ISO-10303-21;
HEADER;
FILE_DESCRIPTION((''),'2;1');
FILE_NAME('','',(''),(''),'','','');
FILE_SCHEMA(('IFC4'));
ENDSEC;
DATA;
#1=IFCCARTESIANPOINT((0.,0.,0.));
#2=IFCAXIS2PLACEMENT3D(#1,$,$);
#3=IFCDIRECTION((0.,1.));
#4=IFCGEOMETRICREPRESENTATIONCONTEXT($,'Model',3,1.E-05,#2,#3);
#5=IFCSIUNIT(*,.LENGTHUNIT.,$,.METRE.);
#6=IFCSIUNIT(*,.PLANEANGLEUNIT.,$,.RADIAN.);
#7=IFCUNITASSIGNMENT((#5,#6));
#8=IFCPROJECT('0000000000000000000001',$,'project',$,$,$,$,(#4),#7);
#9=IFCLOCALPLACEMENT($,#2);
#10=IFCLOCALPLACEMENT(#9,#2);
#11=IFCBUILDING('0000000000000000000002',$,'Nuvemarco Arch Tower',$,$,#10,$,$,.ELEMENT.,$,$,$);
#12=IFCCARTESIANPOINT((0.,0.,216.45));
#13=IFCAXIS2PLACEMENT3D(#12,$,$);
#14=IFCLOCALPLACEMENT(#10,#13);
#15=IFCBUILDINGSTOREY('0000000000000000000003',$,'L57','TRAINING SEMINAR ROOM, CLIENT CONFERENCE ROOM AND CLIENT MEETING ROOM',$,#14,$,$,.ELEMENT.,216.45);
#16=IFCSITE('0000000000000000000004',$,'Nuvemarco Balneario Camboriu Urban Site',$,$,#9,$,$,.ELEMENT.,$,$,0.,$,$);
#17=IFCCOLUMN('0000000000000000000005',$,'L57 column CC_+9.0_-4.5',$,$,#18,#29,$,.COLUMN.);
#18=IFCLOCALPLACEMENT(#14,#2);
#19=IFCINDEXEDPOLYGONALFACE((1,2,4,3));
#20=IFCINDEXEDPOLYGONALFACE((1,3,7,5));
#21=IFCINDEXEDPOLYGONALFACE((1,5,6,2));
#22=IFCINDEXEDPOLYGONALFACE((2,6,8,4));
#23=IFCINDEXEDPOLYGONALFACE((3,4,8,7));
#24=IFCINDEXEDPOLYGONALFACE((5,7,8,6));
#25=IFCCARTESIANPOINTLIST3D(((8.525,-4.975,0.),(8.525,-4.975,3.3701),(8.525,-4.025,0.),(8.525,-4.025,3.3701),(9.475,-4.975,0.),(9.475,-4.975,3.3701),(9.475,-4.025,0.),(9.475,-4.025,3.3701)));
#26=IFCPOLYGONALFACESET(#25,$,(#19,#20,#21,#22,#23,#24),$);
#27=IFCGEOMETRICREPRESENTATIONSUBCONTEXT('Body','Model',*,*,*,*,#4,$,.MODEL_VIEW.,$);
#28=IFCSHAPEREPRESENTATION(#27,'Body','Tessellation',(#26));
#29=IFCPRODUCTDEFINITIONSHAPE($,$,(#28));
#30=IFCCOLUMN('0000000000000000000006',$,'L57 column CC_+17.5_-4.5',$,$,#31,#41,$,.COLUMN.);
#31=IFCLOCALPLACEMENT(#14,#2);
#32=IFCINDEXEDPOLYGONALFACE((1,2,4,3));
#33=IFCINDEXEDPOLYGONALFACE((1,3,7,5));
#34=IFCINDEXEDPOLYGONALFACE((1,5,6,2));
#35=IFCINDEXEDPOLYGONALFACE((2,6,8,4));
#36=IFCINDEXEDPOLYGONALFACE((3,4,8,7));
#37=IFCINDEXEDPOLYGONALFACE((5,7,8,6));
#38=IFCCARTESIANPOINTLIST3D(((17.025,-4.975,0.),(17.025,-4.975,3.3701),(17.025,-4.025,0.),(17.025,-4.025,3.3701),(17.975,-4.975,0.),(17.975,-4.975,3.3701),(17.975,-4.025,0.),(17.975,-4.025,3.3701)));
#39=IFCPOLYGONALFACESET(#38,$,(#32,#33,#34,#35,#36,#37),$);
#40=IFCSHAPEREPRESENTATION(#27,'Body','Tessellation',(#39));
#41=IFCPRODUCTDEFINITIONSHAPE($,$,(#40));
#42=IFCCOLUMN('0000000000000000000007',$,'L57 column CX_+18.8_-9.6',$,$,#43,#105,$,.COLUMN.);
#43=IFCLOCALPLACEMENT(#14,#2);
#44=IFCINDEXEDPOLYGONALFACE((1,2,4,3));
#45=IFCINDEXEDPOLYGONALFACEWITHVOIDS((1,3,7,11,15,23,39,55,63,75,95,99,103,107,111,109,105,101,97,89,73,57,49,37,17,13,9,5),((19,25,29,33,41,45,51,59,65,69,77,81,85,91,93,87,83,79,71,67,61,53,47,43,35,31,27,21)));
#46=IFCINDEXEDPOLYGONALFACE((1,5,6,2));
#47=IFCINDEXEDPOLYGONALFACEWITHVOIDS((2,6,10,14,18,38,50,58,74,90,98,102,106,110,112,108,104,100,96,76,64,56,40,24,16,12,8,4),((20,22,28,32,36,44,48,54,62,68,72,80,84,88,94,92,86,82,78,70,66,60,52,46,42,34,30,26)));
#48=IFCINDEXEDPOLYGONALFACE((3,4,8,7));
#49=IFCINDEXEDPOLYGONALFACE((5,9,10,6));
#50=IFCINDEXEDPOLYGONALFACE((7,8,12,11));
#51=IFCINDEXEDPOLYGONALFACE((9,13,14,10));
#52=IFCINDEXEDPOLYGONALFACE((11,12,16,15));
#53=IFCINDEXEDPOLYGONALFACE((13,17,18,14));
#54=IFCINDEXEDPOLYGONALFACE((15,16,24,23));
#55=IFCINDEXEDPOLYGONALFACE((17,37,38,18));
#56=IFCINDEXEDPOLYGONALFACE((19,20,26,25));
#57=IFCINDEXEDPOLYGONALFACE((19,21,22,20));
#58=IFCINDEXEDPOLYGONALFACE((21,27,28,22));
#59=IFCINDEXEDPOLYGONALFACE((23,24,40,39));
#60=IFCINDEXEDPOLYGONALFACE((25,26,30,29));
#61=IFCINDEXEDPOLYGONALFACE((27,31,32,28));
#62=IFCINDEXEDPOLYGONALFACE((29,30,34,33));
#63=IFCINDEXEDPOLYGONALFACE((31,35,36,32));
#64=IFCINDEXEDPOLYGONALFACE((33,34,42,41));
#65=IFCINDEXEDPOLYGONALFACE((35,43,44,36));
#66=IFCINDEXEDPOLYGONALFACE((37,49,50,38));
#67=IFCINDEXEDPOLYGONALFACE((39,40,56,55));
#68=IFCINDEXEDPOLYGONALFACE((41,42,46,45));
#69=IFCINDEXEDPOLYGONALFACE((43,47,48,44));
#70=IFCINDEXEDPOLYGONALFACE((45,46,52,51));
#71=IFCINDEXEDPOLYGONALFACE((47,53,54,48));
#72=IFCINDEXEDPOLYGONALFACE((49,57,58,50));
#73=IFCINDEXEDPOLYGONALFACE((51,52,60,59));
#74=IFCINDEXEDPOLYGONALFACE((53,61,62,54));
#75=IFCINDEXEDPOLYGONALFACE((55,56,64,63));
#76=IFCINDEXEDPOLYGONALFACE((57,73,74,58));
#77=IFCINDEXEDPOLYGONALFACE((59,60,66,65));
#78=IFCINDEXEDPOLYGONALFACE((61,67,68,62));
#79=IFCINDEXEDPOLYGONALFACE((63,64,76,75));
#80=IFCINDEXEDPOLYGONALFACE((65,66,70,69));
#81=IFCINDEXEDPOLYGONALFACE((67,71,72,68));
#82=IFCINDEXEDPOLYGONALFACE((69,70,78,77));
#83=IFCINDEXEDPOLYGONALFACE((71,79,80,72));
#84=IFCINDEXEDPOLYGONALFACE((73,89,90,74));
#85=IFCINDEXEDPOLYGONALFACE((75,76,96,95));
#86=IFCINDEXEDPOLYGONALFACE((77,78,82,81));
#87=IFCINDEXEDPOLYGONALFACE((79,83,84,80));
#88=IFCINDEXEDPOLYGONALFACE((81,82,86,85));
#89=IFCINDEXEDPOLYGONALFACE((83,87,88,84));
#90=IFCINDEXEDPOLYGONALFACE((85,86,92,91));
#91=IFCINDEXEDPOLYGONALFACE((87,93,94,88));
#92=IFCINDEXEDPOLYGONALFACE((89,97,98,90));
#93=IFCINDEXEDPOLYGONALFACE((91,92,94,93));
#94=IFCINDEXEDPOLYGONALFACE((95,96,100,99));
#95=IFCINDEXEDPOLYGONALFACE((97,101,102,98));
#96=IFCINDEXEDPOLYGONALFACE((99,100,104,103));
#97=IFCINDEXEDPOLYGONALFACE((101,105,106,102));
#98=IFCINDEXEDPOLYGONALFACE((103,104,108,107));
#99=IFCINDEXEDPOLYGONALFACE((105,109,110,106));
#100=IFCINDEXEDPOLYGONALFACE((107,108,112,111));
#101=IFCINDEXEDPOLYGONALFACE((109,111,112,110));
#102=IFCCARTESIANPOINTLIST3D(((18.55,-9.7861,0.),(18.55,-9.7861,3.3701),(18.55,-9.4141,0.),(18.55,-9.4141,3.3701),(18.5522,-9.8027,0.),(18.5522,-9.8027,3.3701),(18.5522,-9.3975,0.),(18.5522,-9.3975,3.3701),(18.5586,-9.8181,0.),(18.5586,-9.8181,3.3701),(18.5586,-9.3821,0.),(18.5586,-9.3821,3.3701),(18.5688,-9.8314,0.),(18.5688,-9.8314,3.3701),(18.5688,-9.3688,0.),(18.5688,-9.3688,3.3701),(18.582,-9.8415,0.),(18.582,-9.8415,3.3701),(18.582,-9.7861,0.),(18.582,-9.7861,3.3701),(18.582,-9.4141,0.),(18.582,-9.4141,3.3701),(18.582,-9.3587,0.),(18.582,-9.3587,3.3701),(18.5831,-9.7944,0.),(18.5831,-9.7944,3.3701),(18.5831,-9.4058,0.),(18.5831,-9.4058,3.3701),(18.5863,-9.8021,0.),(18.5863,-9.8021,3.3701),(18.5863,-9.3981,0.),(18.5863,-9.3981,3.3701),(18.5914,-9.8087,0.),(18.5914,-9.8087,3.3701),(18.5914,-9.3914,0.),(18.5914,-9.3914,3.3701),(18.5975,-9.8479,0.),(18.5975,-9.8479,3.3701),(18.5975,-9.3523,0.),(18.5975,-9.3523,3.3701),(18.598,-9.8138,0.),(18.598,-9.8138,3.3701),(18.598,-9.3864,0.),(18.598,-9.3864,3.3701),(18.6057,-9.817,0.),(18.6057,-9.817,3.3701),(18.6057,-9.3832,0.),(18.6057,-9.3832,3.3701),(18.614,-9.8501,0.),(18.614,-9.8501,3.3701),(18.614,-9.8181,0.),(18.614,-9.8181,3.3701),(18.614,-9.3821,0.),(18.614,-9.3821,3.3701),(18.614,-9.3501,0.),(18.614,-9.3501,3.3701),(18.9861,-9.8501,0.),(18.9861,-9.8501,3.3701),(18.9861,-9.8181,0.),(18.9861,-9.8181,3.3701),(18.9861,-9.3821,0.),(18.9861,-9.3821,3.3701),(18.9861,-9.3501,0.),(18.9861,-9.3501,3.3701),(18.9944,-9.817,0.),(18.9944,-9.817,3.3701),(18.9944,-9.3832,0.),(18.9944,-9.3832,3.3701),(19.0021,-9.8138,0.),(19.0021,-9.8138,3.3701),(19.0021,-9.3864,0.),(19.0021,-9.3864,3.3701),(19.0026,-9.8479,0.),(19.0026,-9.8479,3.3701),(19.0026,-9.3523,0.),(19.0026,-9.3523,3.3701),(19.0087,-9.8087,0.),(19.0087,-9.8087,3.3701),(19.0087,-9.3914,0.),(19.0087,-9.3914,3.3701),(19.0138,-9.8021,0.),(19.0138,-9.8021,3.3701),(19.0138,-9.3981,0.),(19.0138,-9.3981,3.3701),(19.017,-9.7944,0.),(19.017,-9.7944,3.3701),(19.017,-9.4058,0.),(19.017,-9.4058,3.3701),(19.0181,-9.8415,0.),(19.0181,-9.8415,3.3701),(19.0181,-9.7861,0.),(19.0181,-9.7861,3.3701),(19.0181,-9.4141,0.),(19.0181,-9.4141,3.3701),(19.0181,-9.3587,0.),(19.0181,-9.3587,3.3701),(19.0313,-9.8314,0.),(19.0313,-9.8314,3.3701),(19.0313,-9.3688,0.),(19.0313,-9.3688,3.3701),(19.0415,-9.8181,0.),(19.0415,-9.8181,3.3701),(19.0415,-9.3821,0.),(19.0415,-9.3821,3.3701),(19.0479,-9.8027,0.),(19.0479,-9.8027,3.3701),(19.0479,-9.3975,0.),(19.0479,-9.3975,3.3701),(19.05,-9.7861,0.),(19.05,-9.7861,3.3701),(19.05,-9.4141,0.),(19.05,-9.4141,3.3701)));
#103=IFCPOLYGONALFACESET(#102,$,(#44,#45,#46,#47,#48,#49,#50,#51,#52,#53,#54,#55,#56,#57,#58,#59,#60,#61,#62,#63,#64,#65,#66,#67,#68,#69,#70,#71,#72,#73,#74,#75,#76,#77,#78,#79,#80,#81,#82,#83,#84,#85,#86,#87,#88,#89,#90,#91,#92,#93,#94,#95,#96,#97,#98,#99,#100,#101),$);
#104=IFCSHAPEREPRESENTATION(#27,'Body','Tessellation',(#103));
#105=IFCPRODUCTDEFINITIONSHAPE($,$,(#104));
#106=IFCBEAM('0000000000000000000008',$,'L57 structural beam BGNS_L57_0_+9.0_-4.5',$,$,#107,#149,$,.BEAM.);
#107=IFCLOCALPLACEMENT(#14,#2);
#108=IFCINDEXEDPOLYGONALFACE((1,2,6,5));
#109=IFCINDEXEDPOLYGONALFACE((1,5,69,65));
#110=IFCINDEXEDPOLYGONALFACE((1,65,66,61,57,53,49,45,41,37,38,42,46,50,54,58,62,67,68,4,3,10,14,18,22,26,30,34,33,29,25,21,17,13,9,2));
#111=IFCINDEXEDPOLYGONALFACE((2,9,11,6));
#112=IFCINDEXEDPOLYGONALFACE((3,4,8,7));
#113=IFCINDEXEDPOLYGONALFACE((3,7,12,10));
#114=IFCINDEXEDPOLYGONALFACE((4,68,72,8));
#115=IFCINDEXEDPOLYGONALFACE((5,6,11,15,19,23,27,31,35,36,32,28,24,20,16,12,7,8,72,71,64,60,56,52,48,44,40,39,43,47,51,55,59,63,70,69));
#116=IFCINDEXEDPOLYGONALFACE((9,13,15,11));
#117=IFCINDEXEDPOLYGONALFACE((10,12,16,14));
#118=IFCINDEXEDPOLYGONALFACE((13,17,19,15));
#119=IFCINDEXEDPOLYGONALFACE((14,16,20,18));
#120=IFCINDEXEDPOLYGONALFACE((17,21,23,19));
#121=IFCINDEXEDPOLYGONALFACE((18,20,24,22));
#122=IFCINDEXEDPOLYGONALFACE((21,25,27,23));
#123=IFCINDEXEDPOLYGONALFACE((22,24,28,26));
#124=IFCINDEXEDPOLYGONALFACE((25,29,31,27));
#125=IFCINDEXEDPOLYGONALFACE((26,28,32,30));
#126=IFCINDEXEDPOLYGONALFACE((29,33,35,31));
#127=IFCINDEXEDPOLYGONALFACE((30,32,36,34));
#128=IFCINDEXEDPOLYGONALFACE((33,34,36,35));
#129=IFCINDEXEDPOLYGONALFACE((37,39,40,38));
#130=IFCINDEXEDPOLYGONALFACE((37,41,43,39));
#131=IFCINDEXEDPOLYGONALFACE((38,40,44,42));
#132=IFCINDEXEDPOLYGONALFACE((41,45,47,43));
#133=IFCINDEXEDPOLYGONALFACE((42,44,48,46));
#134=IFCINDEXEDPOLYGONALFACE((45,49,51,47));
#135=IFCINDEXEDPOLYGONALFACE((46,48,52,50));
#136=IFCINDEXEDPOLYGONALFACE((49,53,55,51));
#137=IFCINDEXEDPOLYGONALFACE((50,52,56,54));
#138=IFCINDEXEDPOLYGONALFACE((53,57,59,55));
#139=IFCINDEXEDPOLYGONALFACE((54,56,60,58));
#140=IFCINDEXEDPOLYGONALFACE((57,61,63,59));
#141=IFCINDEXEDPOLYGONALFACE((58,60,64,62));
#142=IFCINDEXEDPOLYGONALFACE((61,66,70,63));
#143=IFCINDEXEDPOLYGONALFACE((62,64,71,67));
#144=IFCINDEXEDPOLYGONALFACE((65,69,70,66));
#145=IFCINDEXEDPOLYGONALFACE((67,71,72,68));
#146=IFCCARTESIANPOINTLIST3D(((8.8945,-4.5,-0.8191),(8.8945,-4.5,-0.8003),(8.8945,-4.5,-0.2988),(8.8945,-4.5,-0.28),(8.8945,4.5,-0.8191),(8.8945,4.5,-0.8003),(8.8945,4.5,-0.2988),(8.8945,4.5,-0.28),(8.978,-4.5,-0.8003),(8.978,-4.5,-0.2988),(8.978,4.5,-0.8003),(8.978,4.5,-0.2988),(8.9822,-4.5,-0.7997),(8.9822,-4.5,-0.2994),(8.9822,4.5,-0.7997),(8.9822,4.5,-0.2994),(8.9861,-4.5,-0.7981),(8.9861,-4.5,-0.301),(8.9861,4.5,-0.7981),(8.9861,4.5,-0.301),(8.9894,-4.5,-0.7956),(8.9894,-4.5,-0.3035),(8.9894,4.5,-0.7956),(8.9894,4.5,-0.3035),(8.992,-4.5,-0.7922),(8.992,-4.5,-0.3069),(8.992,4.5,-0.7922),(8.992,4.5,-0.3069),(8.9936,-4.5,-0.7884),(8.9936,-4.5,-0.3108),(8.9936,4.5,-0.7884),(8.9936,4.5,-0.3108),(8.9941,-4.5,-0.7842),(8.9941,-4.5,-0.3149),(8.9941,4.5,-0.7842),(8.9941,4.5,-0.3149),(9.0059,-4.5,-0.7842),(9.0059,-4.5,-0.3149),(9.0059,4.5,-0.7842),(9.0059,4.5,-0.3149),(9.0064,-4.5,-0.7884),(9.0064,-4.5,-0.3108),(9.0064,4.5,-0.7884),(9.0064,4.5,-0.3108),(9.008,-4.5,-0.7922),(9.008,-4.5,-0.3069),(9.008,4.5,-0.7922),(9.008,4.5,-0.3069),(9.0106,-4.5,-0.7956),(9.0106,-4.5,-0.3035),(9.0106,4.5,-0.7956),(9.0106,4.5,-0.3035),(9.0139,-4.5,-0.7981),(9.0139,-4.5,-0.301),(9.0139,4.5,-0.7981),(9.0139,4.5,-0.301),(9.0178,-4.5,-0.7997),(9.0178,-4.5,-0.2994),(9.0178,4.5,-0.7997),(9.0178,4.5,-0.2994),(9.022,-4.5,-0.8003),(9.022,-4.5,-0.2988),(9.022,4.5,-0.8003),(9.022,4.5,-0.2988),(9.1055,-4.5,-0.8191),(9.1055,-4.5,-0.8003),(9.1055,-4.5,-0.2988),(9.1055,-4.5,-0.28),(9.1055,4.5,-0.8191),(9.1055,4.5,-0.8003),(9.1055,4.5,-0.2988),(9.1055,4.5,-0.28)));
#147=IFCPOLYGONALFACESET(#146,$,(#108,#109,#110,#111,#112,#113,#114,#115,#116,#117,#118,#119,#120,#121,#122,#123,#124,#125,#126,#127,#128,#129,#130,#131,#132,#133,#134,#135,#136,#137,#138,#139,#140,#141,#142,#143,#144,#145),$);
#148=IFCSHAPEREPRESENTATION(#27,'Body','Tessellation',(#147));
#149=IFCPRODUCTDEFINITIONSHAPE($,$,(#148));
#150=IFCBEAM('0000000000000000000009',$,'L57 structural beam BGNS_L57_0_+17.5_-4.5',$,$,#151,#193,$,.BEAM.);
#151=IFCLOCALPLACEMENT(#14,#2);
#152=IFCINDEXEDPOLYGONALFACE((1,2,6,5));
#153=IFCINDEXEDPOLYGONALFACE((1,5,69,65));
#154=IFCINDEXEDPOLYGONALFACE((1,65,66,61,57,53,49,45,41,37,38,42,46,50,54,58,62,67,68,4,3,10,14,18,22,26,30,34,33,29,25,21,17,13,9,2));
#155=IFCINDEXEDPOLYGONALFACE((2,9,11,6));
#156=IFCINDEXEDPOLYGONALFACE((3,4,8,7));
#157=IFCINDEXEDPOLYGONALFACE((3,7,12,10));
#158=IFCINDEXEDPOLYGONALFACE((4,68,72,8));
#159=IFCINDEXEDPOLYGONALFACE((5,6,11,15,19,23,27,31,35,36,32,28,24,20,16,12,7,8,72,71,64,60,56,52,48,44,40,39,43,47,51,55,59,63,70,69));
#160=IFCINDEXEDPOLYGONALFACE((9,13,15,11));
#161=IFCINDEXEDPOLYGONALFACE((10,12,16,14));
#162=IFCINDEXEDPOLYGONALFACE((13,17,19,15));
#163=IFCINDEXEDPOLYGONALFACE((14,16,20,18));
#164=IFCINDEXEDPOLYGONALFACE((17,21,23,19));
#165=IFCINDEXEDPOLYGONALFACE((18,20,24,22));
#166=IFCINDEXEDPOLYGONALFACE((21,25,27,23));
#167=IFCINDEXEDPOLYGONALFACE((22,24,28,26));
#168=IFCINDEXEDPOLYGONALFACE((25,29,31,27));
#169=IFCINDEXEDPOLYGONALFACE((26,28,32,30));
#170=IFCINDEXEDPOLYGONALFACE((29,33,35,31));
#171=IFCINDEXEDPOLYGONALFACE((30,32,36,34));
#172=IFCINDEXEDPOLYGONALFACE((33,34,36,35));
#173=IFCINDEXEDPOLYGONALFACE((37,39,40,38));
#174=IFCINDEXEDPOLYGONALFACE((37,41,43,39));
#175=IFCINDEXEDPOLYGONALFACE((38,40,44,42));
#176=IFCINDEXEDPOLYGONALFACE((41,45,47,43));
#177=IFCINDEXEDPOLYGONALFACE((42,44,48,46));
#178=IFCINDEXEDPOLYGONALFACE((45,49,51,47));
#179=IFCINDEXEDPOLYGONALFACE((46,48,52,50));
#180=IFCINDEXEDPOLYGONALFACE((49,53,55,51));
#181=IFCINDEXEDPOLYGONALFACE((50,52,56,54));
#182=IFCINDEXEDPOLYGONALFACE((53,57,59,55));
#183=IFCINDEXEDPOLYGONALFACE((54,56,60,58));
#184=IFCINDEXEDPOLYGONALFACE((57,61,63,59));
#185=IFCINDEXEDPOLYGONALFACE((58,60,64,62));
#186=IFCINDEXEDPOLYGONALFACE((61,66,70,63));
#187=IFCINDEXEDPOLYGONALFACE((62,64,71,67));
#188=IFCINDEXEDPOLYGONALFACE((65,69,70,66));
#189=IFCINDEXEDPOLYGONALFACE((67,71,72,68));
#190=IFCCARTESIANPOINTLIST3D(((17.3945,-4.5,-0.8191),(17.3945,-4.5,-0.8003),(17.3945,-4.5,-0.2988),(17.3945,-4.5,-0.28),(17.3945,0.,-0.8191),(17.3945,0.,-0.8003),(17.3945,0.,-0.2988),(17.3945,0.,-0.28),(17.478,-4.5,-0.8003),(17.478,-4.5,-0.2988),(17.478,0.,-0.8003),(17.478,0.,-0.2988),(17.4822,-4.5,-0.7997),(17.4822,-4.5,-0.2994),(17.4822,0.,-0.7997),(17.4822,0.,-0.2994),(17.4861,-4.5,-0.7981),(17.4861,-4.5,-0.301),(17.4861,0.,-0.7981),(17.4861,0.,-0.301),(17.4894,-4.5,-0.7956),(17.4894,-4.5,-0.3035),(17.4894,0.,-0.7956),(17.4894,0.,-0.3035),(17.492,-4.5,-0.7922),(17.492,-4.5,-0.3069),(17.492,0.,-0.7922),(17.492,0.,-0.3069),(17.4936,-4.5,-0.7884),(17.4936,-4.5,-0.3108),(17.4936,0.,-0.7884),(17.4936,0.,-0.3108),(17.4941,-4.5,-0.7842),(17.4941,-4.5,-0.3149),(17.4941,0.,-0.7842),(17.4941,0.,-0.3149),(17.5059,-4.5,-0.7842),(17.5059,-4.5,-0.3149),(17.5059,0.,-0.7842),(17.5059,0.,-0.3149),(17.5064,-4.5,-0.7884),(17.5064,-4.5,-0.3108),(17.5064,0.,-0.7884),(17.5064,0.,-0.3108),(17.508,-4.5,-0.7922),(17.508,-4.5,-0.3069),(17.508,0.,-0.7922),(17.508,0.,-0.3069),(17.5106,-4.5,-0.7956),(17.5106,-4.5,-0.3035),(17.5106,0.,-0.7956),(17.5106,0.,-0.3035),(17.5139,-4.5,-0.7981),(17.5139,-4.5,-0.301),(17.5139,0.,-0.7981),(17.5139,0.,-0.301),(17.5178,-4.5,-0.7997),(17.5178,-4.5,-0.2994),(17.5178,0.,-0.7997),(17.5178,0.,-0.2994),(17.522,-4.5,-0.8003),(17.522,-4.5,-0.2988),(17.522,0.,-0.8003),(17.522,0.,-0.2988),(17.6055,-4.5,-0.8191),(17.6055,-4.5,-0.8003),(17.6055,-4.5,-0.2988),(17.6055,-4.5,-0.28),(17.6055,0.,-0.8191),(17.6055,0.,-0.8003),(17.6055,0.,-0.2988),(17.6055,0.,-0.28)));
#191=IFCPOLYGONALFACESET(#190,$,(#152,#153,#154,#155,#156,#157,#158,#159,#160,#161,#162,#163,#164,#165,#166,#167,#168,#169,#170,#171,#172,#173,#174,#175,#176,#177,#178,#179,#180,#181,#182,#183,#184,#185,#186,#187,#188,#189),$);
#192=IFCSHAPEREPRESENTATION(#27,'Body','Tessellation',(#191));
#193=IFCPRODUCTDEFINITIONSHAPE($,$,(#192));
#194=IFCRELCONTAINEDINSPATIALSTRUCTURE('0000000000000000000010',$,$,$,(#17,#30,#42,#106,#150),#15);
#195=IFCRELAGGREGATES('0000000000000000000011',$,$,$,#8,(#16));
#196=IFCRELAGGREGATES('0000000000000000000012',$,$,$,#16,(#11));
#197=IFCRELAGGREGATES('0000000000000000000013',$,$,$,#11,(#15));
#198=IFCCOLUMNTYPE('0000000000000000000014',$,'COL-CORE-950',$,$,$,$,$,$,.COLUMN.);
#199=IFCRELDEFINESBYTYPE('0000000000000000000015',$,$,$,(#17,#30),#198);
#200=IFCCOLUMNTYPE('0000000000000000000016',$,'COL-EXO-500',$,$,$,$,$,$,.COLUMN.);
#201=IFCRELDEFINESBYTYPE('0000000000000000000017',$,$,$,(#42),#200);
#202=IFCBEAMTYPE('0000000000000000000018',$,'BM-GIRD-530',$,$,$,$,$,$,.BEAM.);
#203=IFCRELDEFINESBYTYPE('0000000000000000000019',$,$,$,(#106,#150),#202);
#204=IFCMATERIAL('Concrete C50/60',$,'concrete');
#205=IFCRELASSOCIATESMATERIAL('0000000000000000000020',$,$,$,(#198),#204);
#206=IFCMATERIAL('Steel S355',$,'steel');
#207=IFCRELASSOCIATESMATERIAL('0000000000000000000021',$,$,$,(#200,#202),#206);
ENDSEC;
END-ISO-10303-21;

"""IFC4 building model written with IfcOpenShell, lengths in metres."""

from ifc_helpers import new_model, si_unit, direction, frame, origin, origin_2d, place, context, subcontext, project, spatial, rectangle, hollow_rectangle, i_section, extrude, material, material_profile, profile_set, type_object, element, save


model = new_model("IFC4")

# Units and contexts
model_context = context("Model", 3, precision=1e-05, world=origin(), true_north=direction((0.0, 1.0)))
body_context = subcontext(model_context, "Body", "Model", "MODEL_VIEW")
ifc_project = project(units=[si_unit("LENGTHUNIT", "METRE"), si_unit("PLANEANGLEUNIT", "RADIAN")], contexts=[model_context])

# Site, building, storey
site_placement = place(None, origin())
site = spatial("IfcSite", under=ifc_project, at=site_placement, Name="Nuvemarco Balneario Camboriu Urban Site", CompositionType="ELEMENT", RefElevation=0.0)
building_placement = place(site_placement, origin())
building = spatial("IfcBuilding", under=site, at=building_placement, Name="Nuvemarco Arch Tower", CompositionType="ELEMENT")
storey_placement = place(building_placement, frame((0.0, 0.0, 216.45)))
storey = spatial("IfcBuildingStorey", under=building, at=storey_placement, Name="L57", Description="TRAINING SEMINAR ROOM, CLIENT CONFERENCE ROOM AND CLIENT MEETING ROOM", CompositionType="ELEMENT", Elevation=216.45)

# Columns
ifc_material_1 = material(Name="Concrete C50/60", Category="concrete")
ifc_material_profile_1 = material_profile(ifc_material_1, rectangle(XDim=0.95, YDim=0.95, at=origin_2d()), Name="RC-COL-950x950")
ifc_profile_set_1 = profile_set([ifc_material_profile_1], Name="Concrete C50/60")
column_type_1 = type_object("IfcColumnType", Name="COL-CORE-950", PredefinedType="COLUMN", material=ifc_profile_set_1)
for number, where, z_axis, x_axis, name in (
    (1, (9.0, -4.5, 0.0), (0.0, 0.0, 1.0), (1.0, 0.0, 0.0), "L57 column CC_+9.0_-4.5"),
    (2, (17.5, -4.5, 0.0), (0.0, 0.0, 1.0), (1.0, 0.0, 0.0), "L57 column CC_+17.5_-4.5"),
):
    element("IfcColumn", number, at=place(storey_placement, frame(where, z_axis=z_axis, x_axis=x_axis)), inside=storey, type_object=column_type_1, Name=name, PredefinedType="COLUMN", context=body_context, shape_type="SweptSolid", body=[
        extrude(rectangle(XDim=0.95, YDim=0.95, at=origin_2d()), origin(), (0.0, 0.0, 1.0), 3.3701),
    ])
ifc_material_2 = material(Name="Steel S355", Category="steel")
ifc_material_profile_2 = material_profile(ifc_material_2, hollow_rectangle(XDim=0.5, YDim=0.5, WallThickness=0.032, InnerFilletRadius=0.032, OuterFilletRadius=0.064, at=origin_2d()), Name="SHS500x500x32")
ifc_profile_set_2 = profile_set([ifc_material_profile_2], Name="Steel S355")
column_type_2 = type_object("IfcColumnType", Name="COL-EXO-500", PredefinedType="COLUMN", material=ifc_profile_set_2)
column_placement = place(storey_placement, frame((18.8, -9.6001, 0.0), z_axis=(0.0, 0.0, 1.0), x_axis=(1.0, 0.0, 0.0)))
element("IfcColumn", 3, at=column_placement, inside=storey, type_object=column_type_2, Name="L57 column CX_+18.8_-9.6", PredefinedType="COLUMN", context=body_context, shape_type="SweptSolid", body=[
    extrude(hollow_rectangle(XDim=0.5, YDim=0.5, WallThickness=0.032, InnerFilletRadius=0.032, OuterFilletRadius=0.064, at=origin_2d()), origin(), (0.0, 0.0, 1.0), 3.3701),
])

# Beams
ifc_material_profile_3 = material_profile(ifc_material_2, i_section(OverallWidth=0.2109, OverallDepth=0.5391, WebThickness=0.0117, FlangeThickness=0.0188, FilletRadius=0.0161, at=origin_2d()), Name="W530x109")
ifc_profile_set_3 = profile_set([ifc_material_profile_3], Name="Steel S355")
beam_type_1 = type_object("IfcBeamType", Name="BM-GIRD-530", PredefinedType="BEAM", material=ifc_profile_set_3)
beam_1_placement = place(storey_placement, frame((9.0, -4.5, -0.5496), z_axis=(0.0, 1.0, 0.0), x_axis=(-1.0, 0.0, 0.0)))
element("IfcBeam", 4, at=beam_1_placement, inside=storey, type_object=beam_type_1, Name="L57 structural beam BGNS_L57_0_+9.0_-4.5", PredefinedType="BEAM", context=body_context, shape_type="SweptSolid", body=[
    extrude(i_section(OverallWidth=0.2109, OverallDepth=0.5391, WebThickness=0.0117, FlangeThickness=0.0188, FilletRadius=0.0161, at=origin_2d()), origin(), (0.0, 0.0, 1.0), 9.0),
])
beam_2_placement = place(storey_placement, frame((17.5, -4.5, -0.5496), z_axis=(0.0, 1.0, 0.0), x_axis=(-1.0, 0.0, 0.0)))
element("IfcBeam", 5, at=beam_2_placement, inside=storey, type_object=beam_type_1, Name="L57 structural beam BGNS_L57_0_+17.5_-4.5", PredefinedType="BEAM", context=body_context, shape_type="SweptSolid", body=[
    extrude(i_section(OverallWidth=0.2109, OverallDepth=0.5391, WebThickness=0.0117, FlangeThickness=0.0188, FilletRadius=0.0161, at=origin_2d()), origin(), (0.0, 0.0, 1.0), 4.5),
])

save(model, "model.ifc")
